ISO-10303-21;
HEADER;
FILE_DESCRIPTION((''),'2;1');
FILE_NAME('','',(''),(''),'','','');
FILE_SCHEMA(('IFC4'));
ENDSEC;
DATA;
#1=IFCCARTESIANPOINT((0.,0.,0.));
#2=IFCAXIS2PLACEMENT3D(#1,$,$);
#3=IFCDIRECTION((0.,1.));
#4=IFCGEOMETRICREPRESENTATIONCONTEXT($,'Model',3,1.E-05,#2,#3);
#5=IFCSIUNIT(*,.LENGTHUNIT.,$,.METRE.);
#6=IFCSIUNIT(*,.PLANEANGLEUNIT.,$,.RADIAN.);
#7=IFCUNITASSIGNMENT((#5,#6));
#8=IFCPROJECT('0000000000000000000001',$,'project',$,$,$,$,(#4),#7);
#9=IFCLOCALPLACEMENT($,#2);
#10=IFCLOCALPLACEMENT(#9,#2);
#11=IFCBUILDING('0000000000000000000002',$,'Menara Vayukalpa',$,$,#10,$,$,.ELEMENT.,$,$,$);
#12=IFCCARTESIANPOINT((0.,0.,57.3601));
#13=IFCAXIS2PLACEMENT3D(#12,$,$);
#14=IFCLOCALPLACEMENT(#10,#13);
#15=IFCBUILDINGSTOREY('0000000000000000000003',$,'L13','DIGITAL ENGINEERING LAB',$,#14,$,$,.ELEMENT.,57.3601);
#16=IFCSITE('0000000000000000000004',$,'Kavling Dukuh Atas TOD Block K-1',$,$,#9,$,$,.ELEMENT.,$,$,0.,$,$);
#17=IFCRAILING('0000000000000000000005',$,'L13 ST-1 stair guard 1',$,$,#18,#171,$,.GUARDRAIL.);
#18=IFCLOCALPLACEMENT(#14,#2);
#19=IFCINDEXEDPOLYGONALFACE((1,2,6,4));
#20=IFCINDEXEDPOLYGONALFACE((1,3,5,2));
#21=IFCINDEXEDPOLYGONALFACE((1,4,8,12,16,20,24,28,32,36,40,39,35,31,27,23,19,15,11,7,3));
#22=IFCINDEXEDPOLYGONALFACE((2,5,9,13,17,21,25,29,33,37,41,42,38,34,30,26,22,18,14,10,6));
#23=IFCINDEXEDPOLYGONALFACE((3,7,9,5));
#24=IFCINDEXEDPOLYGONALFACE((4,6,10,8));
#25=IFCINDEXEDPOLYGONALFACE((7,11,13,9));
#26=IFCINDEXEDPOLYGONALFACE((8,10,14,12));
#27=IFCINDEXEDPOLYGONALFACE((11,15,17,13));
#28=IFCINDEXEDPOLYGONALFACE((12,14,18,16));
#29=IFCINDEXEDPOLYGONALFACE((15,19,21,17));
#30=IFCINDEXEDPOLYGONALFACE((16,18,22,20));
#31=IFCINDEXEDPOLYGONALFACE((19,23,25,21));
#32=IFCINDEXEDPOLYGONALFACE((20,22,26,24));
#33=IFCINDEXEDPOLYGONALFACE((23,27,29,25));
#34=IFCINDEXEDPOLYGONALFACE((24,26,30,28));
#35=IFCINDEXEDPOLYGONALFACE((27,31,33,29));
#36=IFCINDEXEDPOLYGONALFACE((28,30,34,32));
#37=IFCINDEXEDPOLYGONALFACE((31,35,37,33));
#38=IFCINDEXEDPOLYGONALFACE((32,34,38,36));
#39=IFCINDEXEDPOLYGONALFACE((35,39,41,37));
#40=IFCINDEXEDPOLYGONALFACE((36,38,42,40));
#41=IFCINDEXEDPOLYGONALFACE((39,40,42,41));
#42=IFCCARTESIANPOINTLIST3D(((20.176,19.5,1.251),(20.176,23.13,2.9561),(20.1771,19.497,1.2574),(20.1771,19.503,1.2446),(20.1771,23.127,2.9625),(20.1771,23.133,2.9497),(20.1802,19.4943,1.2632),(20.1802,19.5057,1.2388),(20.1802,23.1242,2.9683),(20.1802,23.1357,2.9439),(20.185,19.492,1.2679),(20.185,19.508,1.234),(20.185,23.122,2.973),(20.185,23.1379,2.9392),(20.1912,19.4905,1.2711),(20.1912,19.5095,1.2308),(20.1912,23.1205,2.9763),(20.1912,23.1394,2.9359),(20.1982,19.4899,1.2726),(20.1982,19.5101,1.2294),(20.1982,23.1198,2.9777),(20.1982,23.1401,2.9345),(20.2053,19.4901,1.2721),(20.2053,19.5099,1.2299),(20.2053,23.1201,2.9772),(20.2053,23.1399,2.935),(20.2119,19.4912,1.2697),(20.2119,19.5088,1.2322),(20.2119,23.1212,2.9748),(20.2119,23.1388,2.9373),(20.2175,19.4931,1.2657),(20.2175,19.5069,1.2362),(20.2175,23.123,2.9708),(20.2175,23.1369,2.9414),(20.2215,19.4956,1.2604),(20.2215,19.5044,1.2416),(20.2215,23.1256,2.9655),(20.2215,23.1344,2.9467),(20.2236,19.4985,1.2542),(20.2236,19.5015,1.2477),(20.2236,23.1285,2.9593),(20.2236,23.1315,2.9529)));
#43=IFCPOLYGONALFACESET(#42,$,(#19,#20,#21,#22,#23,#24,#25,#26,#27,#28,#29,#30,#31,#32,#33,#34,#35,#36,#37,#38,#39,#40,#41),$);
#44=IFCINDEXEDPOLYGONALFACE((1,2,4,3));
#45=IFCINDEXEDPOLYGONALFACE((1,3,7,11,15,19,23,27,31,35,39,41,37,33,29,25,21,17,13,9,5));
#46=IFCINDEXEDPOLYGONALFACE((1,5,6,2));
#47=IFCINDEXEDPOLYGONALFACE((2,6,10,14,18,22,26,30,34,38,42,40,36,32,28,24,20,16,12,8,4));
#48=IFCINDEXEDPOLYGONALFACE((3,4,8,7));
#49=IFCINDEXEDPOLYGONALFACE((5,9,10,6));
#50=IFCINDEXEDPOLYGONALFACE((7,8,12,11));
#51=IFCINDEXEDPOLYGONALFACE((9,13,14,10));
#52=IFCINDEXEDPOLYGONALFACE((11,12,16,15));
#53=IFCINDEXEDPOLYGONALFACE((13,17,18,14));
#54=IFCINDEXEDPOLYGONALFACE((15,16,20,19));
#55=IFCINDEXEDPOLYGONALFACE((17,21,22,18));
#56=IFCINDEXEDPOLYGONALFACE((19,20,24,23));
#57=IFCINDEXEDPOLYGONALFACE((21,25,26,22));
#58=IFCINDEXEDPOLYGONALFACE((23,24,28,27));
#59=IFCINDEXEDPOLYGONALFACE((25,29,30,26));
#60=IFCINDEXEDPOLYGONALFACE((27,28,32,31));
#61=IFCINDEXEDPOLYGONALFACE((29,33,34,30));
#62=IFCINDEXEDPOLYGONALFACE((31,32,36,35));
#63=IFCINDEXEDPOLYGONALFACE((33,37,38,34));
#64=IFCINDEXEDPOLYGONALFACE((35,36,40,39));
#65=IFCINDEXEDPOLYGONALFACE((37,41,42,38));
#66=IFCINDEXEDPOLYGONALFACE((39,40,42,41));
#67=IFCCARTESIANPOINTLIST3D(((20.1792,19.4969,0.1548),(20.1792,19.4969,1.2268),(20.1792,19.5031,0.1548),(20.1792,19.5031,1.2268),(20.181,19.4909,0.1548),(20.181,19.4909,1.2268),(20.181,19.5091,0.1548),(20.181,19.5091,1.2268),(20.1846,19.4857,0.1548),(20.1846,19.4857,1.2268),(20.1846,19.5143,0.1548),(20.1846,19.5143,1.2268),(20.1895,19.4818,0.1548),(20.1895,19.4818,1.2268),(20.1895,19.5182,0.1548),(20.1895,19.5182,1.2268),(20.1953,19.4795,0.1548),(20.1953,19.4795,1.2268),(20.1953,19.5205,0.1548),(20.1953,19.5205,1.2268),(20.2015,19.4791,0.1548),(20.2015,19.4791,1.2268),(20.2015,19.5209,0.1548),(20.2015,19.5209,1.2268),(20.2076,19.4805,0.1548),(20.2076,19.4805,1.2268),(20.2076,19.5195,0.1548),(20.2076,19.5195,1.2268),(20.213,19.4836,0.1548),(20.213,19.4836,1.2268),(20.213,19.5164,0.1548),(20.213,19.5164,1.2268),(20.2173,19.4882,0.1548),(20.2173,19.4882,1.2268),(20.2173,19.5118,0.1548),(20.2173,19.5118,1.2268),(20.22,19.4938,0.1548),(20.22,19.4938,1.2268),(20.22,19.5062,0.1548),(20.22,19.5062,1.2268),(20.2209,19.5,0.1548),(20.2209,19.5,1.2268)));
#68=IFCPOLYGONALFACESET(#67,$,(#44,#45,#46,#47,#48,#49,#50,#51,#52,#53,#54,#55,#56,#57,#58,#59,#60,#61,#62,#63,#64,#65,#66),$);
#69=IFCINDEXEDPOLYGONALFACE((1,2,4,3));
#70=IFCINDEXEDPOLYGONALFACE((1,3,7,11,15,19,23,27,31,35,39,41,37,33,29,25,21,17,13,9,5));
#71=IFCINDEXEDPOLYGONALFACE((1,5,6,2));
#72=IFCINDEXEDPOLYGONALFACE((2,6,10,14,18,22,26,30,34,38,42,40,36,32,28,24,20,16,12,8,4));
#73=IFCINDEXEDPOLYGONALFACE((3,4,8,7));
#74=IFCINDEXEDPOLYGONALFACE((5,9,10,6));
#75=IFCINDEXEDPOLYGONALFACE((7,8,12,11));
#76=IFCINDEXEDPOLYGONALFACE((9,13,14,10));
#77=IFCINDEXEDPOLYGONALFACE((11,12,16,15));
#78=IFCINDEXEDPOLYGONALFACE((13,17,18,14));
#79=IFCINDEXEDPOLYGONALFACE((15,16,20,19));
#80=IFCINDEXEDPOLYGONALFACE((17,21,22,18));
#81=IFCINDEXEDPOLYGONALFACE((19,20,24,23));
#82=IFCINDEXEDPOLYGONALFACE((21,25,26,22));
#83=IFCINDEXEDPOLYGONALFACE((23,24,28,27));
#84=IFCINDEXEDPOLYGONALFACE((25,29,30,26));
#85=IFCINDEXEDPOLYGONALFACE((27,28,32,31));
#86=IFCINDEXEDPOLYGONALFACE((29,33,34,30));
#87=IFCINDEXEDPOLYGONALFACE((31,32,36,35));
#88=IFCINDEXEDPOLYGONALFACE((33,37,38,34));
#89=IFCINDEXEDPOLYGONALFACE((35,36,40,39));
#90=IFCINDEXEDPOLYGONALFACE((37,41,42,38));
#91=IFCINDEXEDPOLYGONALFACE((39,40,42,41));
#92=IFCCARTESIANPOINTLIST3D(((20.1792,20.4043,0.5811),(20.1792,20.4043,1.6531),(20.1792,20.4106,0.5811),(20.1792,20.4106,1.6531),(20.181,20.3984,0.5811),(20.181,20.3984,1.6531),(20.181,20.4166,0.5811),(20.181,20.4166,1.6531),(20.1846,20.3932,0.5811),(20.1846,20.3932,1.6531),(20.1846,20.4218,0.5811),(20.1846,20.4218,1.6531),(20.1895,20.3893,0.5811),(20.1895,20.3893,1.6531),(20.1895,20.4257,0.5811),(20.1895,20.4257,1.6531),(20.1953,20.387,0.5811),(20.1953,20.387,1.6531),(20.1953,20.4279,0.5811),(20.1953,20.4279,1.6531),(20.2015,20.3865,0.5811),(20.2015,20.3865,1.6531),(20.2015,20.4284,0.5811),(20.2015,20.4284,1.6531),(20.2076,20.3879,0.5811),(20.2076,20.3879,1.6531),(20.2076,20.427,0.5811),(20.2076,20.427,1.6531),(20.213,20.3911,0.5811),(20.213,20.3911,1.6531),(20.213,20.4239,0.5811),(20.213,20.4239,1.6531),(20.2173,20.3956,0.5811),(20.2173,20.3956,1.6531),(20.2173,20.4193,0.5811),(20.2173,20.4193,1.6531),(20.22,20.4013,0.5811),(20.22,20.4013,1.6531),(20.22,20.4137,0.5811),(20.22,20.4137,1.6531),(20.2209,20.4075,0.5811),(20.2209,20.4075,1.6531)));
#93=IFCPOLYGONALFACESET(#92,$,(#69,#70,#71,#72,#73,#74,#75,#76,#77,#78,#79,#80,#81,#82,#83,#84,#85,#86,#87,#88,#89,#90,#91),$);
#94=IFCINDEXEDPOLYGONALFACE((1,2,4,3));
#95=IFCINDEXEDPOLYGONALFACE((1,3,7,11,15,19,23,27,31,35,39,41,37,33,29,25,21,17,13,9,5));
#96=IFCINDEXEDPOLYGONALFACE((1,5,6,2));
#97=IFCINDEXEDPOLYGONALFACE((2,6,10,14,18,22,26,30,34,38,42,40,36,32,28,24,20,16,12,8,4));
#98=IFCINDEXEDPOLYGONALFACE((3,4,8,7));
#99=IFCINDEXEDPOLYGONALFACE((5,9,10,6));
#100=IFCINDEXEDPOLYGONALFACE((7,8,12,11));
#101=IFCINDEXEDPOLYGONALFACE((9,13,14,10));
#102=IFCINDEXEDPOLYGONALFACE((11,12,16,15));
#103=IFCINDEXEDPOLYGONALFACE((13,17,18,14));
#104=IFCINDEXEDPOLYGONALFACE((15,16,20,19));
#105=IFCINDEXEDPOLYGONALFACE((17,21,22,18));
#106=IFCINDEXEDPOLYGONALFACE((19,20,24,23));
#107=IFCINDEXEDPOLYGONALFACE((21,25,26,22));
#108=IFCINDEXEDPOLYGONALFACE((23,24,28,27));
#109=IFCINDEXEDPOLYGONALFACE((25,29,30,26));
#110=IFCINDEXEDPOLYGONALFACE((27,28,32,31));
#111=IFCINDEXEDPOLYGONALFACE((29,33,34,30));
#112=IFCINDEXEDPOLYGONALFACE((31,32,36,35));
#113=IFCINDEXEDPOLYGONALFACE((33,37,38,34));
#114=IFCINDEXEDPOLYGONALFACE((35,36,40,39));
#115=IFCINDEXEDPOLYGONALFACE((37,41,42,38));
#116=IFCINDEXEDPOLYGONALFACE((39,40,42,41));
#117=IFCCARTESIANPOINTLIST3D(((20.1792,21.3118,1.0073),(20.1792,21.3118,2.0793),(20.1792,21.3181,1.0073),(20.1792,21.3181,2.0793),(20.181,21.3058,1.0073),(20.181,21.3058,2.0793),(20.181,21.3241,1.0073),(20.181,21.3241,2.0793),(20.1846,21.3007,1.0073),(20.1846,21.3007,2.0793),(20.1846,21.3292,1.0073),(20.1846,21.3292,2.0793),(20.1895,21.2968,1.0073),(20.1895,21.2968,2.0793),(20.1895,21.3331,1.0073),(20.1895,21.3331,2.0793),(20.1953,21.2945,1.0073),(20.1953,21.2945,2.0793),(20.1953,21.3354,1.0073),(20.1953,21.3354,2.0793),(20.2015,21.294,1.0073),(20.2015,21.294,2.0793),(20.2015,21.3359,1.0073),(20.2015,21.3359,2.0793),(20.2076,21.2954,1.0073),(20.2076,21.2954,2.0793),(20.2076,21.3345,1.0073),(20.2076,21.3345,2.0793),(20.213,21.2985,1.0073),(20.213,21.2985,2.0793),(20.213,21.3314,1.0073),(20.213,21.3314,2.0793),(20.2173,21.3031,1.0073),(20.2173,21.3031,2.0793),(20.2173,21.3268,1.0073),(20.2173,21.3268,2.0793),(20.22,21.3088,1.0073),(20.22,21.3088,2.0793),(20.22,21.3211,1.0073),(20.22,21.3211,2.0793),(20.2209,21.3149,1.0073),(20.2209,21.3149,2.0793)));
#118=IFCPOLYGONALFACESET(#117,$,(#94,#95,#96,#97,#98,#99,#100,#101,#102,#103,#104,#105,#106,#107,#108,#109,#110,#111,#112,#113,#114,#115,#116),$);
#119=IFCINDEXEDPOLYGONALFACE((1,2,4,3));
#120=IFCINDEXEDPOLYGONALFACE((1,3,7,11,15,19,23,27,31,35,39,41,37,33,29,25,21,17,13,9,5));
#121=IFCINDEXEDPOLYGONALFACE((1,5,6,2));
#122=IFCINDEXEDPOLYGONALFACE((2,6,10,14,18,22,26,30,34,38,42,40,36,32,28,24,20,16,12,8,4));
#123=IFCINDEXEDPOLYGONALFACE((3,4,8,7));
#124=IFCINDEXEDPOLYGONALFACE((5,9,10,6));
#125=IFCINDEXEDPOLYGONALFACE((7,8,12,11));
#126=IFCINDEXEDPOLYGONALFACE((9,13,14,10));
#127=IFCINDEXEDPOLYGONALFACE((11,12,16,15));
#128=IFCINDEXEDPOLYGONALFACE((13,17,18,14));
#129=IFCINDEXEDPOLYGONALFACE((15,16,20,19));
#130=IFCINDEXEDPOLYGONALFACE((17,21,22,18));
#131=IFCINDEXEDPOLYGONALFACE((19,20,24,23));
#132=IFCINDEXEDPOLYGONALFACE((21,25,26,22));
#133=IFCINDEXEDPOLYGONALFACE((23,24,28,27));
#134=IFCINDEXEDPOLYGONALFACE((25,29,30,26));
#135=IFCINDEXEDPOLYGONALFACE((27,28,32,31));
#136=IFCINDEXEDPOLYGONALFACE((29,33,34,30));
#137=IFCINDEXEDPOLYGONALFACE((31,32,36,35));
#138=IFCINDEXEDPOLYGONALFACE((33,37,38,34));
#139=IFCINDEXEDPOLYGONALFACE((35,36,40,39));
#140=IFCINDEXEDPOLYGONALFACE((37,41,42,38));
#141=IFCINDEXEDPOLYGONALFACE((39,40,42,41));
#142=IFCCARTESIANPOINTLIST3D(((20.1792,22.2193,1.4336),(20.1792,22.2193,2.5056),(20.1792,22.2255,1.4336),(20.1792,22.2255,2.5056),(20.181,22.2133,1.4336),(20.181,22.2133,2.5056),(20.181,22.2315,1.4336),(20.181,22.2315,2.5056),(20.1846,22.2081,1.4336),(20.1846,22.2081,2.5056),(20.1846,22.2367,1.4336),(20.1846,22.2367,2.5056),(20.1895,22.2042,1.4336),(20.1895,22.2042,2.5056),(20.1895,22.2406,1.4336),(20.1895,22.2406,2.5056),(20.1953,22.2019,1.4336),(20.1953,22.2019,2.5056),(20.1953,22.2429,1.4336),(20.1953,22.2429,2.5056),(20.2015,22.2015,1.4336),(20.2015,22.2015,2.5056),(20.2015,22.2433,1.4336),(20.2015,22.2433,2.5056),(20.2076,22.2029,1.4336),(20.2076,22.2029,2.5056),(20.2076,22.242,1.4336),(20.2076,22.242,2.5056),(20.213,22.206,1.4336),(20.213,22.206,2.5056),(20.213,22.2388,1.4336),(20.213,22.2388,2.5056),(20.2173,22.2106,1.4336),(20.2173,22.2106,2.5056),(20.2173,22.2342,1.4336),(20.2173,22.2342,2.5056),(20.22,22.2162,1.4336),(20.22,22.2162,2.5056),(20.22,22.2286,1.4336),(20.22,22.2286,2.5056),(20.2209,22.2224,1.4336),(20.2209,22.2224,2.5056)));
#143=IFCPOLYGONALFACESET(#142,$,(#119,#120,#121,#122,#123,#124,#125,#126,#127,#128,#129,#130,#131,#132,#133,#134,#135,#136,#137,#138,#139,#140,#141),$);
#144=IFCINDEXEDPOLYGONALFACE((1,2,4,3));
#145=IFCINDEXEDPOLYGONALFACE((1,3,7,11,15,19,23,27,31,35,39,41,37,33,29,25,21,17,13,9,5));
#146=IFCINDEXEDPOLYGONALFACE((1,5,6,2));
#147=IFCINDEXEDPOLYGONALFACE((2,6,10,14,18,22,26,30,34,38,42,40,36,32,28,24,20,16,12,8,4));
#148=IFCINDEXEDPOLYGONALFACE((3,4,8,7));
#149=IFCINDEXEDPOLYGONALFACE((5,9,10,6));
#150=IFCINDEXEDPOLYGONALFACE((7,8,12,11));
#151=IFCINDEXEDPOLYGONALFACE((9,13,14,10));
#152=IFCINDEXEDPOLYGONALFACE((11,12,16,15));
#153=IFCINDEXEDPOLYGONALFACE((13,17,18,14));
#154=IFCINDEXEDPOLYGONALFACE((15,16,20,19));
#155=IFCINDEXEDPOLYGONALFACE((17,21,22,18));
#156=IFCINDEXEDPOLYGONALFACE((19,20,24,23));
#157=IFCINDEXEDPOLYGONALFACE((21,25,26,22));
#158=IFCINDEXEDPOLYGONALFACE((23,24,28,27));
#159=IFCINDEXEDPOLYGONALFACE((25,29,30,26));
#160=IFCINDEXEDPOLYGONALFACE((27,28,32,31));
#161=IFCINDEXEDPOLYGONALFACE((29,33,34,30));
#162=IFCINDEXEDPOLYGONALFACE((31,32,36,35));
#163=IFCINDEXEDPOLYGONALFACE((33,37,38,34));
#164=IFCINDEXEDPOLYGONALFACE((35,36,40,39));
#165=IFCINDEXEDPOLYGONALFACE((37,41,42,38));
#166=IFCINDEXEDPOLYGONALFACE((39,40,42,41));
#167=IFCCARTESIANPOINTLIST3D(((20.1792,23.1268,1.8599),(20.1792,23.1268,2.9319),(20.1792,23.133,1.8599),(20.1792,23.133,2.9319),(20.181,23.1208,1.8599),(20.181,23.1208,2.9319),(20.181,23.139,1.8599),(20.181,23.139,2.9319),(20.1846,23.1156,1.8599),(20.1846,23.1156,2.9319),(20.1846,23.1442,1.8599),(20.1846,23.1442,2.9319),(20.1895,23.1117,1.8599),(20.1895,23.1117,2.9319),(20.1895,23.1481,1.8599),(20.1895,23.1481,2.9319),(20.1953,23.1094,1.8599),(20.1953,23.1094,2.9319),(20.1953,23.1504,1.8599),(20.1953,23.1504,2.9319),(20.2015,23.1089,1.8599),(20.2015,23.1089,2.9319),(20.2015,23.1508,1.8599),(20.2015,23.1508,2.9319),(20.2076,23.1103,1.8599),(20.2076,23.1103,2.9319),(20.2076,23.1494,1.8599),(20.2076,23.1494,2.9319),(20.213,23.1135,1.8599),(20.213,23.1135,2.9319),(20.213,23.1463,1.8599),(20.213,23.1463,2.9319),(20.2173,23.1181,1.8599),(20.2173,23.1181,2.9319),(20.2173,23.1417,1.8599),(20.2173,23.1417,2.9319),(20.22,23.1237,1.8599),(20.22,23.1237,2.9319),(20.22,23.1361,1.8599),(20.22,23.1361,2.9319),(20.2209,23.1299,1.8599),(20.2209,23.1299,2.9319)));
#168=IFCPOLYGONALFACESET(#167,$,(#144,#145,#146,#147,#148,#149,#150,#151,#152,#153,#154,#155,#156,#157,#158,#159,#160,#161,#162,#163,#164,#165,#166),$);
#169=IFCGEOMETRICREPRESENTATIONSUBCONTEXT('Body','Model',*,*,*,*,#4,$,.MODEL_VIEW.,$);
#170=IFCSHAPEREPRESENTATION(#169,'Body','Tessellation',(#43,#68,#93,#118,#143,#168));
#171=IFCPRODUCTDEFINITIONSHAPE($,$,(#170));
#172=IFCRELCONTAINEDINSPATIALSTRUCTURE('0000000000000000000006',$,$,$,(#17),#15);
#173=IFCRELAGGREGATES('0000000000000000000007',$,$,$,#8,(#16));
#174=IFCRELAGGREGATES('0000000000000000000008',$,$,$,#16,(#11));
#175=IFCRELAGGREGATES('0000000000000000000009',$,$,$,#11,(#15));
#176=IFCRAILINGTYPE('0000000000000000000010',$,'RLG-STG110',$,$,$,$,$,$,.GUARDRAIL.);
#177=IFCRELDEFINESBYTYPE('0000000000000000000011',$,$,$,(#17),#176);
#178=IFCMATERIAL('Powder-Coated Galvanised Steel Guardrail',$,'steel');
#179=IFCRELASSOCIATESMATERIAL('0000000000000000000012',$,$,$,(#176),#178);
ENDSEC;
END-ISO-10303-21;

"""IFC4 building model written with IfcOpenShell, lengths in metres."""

from ifc_helpers import new_model, si_unit, direction, frame, origin, origin_2d, place, context, subcontext, project, spatial, circle, extrude, material, type_object, element, save


model = new_model("IFC4")

# Units and contexts
model_context = context("Model", 3, precision=1e-05, world=origin(), true_north=direction((0.0, 1.0)))
body_context = subcontext(model_context, "Body", "Model", "MODEL_VIEW")
ifc_project = project(units=[si_unit("LENGTHUNIT", "METRE"), si_unit("PLANEANGLEUNIT", "RADIAN")], contexts=[model_context])

# Site, building, storey
site_placement = place(None, origin())
site = spatial("IfcSite", under=ifc_project, at=site_placement, Name="Kavling Dukuh Atas TOD Block K-1", CompositionType="ELEMENT", RefElevation=0.0)
building_placement = place(site_placement, origin())
building = spatial("IfcBuilding", under=site, at=building_placement, Name="Menara Vayukalpa", CompositionType="ELEMENT")
storey_placement = place(building_placement, frame((0.0, 0.0, 57.3601)))
storey = spatial("IfcBuildingStorey", under=building, at=storey_placement, Name="L13", Description="DIGITAL ENGINEERING LAB", CompositionType="ELEMENT", Elevation=57.3601)

# Railing
ifc_material_1 = material(Name="Powder-Coated Galvanised Steel Guardrail", Category="steel")
railing_type_1 = type_object("IfcRailingType", Name="RLG-STG110", PredefinedType="GUARDRAIL", material=ifc_material_1)
railing_1_placement = place(storey_placement, frame((20.2, 19.5, 0.1548)))
element("IfcRailing", 1, at=railing_1_placement, inside=storey, type_object=railing_type_1, Name="L13 ST-1 stair guard 1", PredefinedType="GUARDRAIL", context=body_context, shape_type="SweptSolid", body=[
    extrude(circle(Radius=0.0239, at=origin_2d()), frame((0.0, 0.0, 1.0962), z_axis=(0.0, 0.905116, 0.425164), x_axis=(-1.0, 0.0, 0.0)), (0.0, 0.0, 1.0), 4.0105),
    extrude(circle(Radius=0.021, at=origin_2d()), origin(), (0.0, 0.0, 1.0), 1.072),
    extrude(circle(Radius=0.021, at=origin_2d()), frame((0.0, 0.9075, 0.4263)), (0.0, 0.0, 1.0), 1.072),
    extrude(circle(Radius=0.021, at=origin_2d()), frame((0.0, 1.8149, 0.8525)), (0.0, 0.0, 1.0), 1.072),
    extrude(circle(Radius=0.021, at=origin_2d()), frame((0.0, 2.7224, 1.2788)), (0.0, 0.0, 1.0), 1.072),
    extrude(circle(Radius=0.021, at=origin_2d()), frame((0.0, 3.6299, 1.7051)), (0.0, 0.0, 1.0), 1.072),
])

save(model, "model.ifc")
